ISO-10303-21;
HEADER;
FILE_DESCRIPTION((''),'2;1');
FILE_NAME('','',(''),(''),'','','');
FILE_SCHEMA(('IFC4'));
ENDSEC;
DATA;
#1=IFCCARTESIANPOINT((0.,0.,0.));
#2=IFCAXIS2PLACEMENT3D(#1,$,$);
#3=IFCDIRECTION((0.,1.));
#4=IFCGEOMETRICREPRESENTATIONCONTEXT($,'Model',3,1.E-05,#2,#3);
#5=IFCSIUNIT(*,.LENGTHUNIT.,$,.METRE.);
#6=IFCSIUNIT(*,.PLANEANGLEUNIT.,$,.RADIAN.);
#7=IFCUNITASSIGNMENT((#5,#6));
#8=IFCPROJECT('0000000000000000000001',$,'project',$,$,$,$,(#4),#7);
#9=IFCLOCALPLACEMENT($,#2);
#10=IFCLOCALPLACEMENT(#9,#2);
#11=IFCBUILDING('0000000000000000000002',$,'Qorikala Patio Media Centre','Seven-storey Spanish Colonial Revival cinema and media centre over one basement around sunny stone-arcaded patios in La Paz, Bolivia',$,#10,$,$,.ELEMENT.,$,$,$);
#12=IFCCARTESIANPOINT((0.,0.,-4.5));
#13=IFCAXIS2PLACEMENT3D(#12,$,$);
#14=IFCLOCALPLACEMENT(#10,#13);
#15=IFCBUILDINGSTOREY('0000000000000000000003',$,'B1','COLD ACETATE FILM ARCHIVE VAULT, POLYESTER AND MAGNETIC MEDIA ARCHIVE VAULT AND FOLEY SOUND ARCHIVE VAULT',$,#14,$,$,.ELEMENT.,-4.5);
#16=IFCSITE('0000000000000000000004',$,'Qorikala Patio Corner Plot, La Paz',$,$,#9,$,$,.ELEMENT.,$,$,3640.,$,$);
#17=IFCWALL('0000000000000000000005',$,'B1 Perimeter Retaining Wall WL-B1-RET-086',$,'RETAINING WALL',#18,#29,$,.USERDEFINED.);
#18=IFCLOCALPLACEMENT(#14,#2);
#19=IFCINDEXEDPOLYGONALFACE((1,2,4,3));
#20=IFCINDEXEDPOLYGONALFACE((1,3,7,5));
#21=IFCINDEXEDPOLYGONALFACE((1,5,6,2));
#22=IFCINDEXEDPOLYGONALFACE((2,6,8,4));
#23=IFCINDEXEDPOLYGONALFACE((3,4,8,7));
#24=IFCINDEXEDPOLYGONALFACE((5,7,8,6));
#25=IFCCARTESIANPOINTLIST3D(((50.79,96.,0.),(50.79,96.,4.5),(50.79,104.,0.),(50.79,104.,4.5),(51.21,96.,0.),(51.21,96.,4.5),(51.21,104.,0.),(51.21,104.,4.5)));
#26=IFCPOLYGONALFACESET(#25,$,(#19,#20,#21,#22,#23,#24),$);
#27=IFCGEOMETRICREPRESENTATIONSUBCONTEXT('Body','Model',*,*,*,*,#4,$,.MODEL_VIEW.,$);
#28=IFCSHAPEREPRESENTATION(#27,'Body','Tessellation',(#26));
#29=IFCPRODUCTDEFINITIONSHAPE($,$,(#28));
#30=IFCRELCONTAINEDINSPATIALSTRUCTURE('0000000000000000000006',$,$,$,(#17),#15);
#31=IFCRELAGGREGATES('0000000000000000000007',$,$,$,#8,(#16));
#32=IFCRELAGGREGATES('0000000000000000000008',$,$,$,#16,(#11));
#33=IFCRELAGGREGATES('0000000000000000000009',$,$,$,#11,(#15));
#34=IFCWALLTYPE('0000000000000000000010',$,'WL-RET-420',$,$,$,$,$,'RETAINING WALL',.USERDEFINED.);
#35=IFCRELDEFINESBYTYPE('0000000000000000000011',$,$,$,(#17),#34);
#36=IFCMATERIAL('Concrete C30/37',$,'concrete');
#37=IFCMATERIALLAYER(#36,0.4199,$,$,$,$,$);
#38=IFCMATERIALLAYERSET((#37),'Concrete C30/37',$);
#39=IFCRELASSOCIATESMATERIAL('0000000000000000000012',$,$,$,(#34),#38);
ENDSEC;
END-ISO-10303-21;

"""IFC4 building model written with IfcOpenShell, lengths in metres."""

from ifc_helpers import new_model, si_unit, direction, frame, frame_2d, origin, place, context, subcontext, project, spatial, rectangle, extrude, material, layer, layer_set, type_object, element, save


model = new_model("IFC4")

# Units and contexts
model_context = context("Model", 3, precision=1e-05, world=origin(), true_north=direction((0.0, 1.0)))
body_context = subcontext(model_context, "Body", "Model", "MODEL_VIEW")
ifc_project = project(units=[si_unit("LENGTHUNIT", "METRE"), si_unit("PLANEANGLEUNIT", "RADIAN")], contexts=[model_context])

# Site, building, storey
site_placement = place(None, origin())
site = spatial("IfcSite", under=ifc_project, at=site_placement, Name="Qorikala Patio Corner Plot, La Paz", CompositionType="ELEMENT", RefElevation=3640.0)
building_placement = place(site_placement, origin())
building = spatial("IfcBuilding", under=site, at=building_placement, Name="Qorikala Patio Media Centre", Description="Seven-storey Spanish Colonial Revival cinema and media centre over one basement around sunny stone-arcaded patios in La Paz, Bolivia", CompositionType="ELEMENT")
storey_placement = place(building_placement, frame((0.0, 0.0, -4.5)))
storey = spatial("IfcBuildingStorey", under=building, at=storey_placement, Name="B1", Description="COLD ACETATE FILM ARCHIVE VAULT, POLYESTER AND MAGNETIC MEDIA ARCHIVE VAULT AND FOLEY SOUND ARCHIVE VAULT", CompositionType="ELEMENT", Elevation=-4.5)

# Shared definitions
ifc_material_1 = material(Name="Concrete C30/37", Category="concrete")

# Wall
ifc_layer_1 = layer(ifc_material_1, 0.4199)
ifc_layer_set_1 = layer_set([ifc_layer_1], Name="Concrete C30/37")
wall_type = type_object("IfcWallType", Name="WL-RET-420", ElementType="RETAINING WALL", PredefinedType="USERDEFINED", material=ifc_layer_set_1)
for number, where, z_axis, x_axis, name in (
    (1, (51.0, 96.0, 0.0), (0.0, 0.0, 1.0), (0.0, 1.0, 0.0), "B1 Perimeter Retaining Wall WL-B1-RET-086"),
):
    element("IfcWall", number, at=place(storey_placement, frame(where, z_axis=z_axis, x_axis=x_axis)), inside=storey, type_object=wall_type, Name=name, ObjectType="RETAINING WALL", PredefinedType="USERDEFINED", context=body_context, shape_type="SweptSolid", body=[
        extrude(rectangle(XDim=8.0, YDim=0.4199, at=frame_2d((4.0, 0.0))), origin(), (0.0, 0.0, 1.0), 4.5),
    ])

save(model, "model.ifc")
